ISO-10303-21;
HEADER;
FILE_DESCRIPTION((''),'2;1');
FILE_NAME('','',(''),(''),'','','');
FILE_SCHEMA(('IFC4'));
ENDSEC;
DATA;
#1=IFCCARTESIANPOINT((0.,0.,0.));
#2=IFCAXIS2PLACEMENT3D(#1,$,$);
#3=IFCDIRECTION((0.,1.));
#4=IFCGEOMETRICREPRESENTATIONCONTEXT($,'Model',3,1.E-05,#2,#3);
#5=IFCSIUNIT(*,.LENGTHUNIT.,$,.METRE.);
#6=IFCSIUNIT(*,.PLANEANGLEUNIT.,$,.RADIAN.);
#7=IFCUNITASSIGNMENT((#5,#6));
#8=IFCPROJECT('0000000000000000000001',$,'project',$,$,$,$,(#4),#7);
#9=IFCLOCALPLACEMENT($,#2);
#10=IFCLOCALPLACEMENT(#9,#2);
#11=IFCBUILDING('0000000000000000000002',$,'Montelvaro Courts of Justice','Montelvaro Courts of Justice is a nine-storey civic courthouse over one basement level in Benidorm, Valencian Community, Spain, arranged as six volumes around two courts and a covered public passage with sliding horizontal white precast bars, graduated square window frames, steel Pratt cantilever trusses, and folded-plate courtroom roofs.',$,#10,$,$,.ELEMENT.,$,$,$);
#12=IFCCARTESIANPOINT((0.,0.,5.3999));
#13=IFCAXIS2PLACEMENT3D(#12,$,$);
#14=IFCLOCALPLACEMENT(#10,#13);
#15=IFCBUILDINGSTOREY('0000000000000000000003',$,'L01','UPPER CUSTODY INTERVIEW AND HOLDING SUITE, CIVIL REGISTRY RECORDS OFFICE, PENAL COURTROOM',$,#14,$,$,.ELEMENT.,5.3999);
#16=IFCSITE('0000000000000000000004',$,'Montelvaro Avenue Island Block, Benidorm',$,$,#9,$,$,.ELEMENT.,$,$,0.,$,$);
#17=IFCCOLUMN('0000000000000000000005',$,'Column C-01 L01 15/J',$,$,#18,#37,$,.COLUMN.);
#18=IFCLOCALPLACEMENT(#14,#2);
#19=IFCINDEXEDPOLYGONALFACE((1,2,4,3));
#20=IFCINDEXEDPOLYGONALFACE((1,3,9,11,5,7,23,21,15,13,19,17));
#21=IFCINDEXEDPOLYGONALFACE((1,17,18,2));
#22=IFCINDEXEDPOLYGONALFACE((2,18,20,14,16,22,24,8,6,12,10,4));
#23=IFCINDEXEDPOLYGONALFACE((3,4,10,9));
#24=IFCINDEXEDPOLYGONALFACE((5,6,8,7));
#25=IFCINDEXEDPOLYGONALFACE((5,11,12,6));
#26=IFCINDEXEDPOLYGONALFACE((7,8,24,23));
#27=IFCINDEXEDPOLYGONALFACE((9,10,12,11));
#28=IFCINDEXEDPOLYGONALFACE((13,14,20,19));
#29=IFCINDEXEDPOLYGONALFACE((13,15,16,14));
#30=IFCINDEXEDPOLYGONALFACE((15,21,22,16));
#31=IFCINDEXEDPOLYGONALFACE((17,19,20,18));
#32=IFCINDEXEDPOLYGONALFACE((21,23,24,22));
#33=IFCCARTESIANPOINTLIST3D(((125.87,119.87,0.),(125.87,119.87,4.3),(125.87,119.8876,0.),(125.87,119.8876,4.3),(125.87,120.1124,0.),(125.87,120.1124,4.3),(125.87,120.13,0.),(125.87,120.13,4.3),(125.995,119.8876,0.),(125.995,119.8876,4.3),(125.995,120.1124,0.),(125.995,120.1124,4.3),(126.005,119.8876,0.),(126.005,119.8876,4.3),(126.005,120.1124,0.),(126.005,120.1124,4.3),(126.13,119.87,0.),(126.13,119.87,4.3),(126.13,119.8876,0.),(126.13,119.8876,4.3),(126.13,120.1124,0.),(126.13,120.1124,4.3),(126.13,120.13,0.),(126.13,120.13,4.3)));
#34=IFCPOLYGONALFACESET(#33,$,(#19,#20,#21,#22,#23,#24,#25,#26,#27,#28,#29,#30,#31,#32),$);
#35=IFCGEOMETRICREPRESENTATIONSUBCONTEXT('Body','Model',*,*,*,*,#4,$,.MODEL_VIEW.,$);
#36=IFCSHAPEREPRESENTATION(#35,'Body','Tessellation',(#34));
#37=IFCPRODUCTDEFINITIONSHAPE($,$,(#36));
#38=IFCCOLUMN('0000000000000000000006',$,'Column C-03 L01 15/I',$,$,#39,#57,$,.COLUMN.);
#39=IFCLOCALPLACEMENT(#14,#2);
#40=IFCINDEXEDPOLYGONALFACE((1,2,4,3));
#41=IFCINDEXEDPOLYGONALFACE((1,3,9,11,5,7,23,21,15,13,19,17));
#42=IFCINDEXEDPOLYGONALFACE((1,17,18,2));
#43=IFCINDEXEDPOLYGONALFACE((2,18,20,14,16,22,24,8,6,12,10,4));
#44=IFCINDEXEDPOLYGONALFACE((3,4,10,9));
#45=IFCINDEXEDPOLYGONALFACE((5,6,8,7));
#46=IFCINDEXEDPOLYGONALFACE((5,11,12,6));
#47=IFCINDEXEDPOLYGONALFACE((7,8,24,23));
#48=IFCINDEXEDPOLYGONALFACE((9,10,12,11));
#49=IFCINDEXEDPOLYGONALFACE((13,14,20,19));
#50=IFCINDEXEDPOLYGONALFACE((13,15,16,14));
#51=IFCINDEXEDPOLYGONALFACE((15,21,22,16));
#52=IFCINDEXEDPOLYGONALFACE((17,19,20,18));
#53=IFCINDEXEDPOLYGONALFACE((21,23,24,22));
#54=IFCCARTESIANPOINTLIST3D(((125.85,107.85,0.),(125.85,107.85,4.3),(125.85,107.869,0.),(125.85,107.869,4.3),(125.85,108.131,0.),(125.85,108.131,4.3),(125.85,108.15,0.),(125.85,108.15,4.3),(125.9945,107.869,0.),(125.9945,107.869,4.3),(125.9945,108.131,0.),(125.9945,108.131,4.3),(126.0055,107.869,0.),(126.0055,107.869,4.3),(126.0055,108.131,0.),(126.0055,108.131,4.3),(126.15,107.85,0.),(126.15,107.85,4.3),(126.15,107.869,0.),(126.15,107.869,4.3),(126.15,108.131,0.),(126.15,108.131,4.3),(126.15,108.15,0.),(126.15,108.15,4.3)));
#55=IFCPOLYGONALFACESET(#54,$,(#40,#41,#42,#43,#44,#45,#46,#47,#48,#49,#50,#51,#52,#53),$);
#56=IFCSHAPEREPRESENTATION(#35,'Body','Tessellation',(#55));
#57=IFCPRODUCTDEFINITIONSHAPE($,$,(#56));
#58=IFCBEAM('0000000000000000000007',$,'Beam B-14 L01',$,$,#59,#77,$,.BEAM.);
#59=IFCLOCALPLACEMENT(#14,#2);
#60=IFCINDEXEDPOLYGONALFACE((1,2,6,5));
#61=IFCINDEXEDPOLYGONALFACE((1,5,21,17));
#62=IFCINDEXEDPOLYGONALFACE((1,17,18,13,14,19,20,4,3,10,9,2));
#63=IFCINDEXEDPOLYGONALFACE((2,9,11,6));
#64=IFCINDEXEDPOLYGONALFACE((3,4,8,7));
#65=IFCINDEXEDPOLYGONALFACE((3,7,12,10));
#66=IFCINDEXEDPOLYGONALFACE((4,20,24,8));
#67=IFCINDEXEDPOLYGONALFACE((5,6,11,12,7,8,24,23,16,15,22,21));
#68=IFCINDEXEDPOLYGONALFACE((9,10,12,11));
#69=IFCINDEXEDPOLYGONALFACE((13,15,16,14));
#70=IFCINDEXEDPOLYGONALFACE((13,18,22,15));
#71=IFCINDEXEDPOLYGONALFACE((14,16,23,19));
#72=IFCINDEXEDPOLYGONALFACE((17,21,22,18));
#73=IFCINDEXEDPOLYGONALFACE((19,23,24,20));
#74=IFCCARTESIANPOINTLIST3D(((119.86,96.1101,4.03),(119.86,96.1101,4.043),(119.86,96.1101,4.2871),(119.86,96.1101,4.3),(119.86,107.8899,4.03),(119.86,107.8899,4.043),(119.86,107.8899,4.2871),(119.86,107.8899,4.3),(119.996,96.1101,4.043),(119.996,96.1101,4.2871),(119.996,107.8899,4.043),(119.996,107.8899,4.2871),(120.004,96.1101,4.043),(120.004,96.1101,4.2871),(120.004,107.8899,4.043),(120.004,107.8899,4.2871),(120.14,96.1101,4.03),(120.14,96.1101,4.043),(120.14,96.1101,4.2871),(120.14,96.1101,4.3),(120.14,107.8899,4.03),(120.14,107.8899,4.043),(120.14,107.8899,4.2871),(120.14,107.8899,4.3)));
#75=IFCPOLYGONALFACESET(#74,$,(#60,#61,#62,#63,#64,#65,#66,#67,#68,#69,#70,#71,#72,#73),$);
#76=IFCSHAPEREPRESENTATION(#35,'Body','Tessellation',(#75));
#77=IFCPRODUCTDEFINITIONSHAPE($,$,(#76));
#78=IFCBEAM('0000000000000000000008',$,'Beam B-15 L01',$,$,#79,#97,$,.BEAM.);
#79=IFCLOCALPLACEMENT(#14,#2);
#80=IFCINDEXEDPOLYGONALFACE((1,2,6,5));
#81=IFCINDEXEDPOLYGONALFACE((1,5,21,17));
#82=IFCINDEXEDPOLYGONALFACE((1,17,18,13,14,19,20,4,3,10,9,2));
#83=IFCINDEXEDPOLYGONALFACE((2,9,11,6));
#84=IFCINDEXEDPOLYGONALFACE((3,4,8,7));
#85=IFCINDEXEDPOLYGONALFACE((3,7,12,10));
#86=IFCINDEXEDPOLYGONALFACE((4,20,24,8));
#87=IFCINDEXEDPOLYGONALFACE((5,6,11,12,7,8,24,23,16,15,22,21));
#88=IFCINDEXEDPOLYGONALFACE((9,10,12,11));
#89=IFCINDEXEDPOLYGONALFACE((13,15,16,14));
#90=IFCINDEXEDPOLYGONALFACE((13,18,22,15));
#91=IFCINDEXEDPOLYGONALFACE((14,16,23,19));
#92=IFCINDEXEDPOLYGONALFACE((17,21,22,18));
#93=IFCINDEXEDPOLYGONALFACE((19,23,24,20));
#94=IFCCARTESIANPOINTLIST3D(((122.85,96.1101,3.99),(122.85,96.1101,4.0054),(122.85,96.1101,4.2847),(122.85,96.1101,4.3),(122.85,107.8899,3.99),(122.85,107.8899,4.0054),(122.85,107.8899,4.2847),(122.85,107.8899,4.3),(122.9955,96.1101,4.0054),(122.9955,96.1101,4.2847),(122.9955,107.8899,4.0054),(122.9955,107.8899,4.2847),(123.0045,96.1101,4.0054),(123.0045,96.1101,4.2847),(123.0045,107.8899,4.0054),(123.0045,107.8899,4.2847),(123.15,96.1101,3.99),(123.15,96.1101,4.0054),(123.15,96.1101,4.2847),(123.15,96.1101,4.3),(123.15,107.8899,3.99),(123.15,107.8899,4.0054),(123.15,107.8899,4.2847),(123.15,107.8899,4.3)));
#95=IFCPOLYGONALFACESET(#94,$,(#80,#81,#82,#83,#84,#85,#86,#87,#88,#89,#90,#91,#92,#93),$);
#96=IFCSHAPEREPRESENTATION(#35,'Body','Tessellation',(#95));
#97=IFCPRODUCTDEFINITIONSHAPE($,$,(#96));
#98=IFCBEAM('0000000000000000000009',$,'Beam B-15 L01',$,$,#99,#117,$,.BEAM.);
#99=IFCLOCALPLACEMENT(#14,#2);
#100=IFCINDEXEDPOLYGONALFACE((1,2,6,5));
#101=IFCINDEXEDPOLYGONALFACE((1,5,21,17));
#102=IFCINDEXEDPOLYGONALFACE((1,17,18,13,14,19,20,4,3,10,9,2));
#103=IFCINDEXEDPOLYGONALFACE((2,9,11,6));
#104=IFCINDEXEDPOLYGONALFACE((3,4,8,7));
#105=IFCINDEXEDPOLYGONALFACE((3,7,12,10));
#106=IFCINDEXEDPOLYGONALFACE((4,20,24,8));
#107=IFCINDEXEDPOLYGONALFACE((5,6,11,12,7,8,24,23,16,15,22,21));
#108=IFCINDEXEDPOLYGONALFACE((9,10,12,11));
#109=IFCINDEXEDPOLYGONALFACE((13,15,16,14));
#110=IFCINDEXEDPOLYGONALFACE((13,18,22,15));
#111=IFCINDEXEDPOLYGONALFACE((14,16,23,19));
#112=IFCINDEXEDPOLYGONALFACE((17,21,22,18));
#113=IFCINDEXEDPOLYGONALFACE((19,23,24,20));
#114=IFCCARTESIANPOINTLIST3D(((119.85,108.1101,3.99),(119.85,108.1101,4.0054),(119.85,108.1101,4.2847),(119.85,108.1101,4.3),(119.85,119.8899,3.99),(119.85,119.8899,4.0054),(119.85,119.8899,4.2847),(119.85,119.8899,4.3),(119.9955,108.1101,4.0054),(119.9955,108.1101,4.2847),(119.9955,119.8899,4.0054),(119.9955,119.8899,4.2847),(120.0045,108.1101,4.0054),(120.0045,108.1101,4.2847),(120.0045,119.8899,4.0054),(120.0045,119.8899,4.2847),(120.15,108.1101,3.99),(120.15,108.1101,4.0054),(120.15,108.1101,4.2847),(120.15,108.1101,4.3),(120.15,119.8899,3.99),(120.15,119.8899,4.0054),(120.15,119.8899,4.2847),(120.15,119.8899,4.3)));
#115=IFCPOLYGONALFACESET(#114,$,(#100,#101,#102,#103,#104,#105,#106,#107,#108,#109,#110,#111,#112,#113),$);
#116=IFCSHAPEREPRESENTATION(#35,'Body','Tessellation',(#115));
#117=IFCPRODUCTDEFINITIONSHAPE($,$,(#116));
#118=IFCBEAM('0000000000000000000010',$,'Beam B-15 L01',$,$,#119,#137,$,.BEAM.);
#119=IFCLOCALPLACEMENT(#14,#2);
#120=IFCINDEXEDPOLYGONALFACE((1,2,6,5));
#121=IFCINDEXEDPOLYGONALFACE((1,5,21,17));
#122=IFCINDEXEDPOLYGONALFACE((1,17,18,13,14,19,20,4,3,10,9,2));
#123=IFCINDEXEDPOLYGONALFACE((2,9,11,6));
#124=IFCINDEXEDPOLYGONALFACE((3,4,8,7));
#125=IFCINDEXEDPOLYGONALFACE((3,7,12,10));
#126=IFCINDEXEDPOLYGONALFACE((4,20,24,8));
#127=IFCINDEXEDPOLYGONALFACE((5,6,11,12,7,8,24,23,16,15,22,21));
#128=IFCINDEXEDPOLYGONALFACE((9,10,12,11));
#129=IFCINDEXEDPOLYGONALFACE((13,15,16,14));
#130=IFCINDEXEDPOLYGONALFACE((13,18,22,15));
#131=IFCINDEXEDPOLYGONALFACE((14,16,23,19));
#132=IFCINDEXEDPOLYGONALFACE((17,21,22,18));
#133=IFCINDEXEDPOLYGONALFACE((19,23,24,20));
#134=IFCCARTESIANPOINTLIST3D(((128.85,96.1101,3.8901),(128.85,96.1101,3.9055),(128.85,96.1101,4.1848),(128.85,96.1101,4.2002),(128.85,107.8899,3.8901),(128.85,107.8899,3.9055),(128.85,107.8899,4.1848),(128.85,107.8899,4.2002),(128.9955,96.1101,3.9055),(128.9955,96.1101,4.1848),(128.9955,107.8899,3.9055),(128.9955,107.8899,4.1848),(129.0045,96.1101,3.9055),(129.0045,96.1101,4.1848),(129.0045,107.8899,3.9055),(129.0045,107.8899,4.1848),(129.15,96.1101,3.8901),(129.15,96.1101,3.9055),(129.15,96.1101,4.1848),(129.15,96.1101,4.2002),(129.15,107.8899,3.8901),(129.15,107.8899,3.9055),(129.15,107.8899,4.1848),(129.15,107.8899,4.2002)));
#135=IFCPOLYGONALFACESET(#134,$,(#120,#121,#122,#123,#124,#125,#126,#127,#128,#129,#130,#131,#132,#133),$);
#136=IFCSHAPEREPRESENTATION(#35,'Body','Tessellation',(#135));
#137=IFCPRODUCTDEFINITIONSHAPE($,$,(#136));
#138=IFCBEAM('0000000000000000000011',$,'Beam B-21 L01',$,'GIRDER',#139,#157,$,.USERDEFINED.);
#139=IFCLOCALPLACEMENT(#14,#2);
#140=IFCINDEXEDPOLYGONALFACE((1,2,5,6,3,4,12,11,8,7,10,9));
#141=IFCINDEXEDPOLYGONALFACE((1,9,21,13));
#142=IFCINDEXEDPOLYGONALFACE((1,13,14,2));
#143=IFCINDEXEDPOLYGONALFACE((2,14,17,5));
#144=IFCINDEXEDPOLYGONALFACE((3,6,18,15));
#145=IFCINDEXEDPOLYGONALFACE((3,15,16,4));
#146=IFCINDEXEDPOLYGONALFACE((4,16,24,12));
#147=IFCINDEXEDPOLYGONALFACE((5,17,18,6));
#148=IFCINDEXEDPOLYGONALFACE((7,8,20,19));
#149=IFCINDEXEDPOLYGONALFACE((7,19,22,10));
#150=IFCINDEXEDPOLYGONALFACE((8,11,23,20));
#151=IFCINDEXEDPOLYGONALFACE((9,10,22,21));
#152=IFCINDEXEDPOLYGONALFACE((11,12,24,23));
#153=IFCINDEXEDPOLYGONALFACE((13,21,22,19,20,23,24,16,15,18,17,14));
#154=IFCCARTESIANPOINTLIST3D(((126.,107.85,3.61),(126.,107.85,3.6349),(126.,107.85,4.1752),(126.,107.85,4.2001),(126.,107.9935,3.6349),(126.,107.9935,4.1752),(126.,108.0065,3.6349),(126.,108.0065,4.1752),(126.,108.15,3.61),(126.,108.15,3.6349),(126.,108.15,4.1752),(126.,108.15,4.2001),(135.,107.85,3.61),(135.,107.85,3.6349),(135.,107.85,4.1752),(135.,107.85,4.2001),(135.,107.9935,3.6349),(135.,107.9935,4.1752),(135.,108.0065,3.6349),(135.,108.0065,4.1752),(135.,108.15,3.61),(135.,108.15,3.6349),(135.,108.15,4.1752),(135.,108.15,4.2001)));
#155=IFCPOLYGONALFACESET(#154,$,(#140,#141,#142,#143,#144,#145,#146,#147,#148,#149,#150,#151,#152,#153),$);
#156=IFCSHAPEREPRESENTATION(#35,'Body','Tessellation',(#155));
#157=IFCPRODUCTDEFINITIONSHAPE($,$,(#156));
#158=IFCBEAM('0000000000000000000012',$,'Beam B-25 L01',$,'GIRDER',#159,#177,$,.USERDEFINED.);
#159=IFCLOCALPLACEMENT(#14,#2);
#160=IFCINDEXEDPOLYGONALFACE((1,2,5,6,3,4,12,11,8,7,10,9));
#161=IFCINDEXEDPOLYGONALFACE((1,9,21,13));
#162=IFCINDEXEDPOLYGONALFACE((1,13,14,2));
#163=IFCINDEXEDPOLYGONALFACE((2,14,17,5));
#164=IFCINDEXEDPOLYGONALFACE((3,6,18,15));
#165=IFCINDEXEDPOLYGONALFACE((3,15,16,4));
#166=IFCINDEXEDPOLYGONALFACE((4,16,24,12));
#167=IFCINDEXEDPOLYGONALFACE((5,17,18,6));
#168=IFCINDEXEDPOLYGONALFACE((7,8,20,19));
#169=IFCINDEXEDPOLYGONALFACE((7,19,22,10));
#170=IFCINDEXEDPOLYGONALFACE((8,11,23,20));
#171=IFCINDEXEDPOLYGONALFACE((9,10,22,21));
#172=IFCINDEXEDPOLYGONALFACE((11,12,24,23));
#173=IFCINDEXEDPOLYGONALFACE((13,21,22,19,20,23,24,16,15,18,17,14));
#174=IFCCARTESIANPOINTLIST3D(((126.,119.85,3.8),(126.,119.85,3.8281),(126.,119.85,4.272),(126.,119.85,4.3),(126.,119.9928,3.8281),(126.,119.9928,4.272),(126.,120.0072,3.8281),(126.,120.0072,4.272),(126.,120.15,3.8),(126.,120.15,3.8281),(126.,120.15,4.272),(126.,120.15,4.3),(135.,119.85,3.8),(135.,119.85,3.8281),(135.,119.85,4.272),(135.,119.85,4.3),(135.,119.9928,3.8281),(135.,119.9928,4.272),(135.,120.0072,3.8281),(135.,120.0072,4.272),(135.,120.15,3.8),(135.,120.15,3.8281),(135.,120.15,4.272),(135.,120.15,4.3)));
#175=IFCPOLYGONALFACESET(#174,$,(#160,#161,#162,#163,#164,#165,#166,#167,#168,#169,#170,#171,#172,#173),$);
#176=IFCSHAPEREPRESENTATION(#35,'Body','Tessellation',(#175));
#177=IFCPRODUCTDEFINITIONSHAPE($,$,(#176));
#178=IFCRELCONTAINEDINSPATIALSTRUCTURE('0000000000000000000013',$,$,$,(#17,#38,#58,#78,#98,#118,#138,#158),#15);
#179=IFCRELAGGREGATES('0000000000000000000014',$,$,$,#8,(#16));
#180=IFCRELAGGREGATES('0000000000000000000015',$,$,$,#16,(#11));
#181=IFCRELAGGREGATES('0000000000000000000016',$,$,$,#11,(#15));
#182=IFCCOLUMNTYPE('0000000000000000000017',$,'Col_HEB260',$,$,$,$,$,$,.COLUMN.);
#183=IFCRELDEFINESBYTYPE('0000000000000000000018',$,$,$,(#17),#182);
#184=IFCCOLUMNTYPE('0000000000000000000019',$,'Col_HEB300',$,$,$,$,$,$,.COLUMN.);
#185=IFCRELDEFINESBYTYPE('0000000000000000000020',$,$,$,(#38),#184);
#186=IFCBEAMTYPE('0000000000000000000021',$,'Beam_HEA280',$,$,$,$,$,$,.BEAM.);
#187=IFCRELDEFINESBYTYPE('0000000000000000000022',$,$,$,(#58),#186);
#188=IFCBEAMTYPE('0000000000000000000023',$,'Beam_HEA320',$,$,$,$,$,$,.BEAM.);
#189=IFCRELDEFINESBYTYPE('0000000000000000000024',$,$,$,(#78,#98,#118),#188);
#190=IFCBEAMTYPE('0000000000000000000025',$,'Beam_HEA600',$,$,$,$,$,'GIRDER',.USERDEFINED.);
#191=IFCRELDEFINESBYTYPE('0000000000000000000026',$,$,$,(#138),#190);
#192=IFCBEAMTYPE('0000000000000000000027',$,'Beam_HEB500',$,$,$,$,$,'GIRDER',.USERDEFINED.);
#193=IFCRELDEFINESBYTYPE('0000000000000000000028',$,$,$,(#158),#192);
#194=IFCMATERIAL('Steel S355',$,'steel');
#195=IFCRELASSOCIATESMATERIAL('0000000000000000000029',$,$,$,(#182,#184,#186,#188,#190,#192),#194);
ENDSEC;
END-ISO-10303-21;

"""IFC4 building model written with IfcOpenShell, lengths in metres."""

from ifc_helpers import new_model, si_unit, direction, frame, origin, origin_2d, place, context, subcontext, project, spatial, i_section, extrude, material, material_profile, profile_set, type_object, element, save


model = new_model("IFC4")

# Units and contexts
model_context = context("Model", 3, precision=1e-05, world=origin(), true_north=direction((0.0, 1.0)))
body_context = subcontext(model_context, "Body", "Model", "MODEL_VIEW")
ifc_project = project(units=[si_unit("LENGTHUNIT", "METRE"), si_unit("PLANEANGLEUNIT", "RADIAN")], contexts=[model_context])

# Site, building, storey
site_placement = place(None, origin())
site = spatial("IfcSite", under=ifc_project, at=site_placement, Name="Montelvaro Avenue Island Block, Benidorm", CompositionType="ELEMENT", RefElevation=0.0)
building_placement = place(site_placement, origin())
building = spatial("IfcBuilding", under=site, at=building_placement, Name="Montelvaro Courts of Justice", Description="Montelvaro Courts of Justice is a nine-storey civic courthouse over one basement level in Benidorm, Valencian Community, Spain, arranged as six volumes around two courts and a covered public passage with sliding horizontal white precast bars, graduated square window frames, steel Pratt cantilever trusses, and folded-plate courtroom roofs.", CompositionType="ELEMENT")
storey_placement = place(building_placement, frame((0.0, 0.0, 5.3999)))
storey = spatial("IfcBuildingStorey", under=building, at=storey_placement, Name="L01", Description="UPPER CUSTODY INTERVIEW AND HOLDING SUITE, CIVIL REGISTRY RECORDS OFFICE, PENAL COURTROOM", CompositionType="ELEMENT", Elevation=5.3999)

# Columns
ifc_material_1 = material(Name="Steel S355", Category="steel")
ifc_material_profile_1 = material_profile(ifc_material_1, i_section(OverallWidth=0.26, OverallDepth=0.26, WebThickness=0.01, FlangeThickness=0.0176, at=origin_2d()), Name="HEB 260")
ifc_profile_set_1 = profile_set([ifc_material_profile_1], Name="Steel S355")
column_type_1 = type_object("IfcColumnType", Name="Col_HEB260", PredefinedType="COLUMN", material=ifc_profile_set_1)
column_1_placement = place(storey_placement, frame((126.0, 120.0, 0.0), z_axis=(0.0, 0.0, 1.0), x_axis=(1.0, 0.0, 0.0)))
element("IfcColumn", 1, at=column_1_placement, inside=storey, type_object=column_type_1, Name="Column C-01 L01 15/J", PredefinedType="COLUMN", context=body_context, shape_type="SweptSolid", body=[
    extrude(i_section(OverallWidth=0.26, OverallDepth=0.26, WebThickness=0.01, FlangeThickness=0.0176, at=origin_2d()), origin(), (0.0, 0.0, 1.0), 4.3),
])
ifc_material_profile_2 = material_profile(ifc_material_1, i_section(OverallWidth=0.3, OverallDepth=0.3, WebThickness=0.011, FlangeThickness=0.019, at=origin_2d()), Name="HEB 300")
ifc_profile_set_2 = profile_set([ifc_material_profile_2], Name="Steel S355")
column_type_2 = type_object("IfcColumnType", Name="Col_HEB300", PredefinedType="COLUMN", material=ifc_profile_set_2)
column_2_placement = place(storey_placement, frame((126.0, 108.0, 0.0), z_axis=(0.0, 0.0, 1.0), x_axis=(1.0, 0.0, 0.0)))
element("IfcColumn", 2, at=column_2_placement, inside=storey, type_object=column_type_2, Name="Column C-03 L01 15/I", PredefinedType="COLUMN", context=body_context, shape_type="SweptSolid", body=[
    extrude(i_section(OverallWidth=0.3, OverallDepth=0.3, WebThickness=0.011, FlangeThickness=0.019, at=origin_2d()), origin(), (0.0, 0.0, 1.0), 4.3),
])

# Beams
ifc_material_profile_3 = material_profile(ifc_material_1, i_section(OverallWidth=0.28, OverallDepth=0.27, WebThickness=0.0081, FlangeThickness=0.0129, at=origin_2d()), Name="HEA 280")
ifc_profile_set_3 = profile_set([ifc_material_profile_3], Name="Steel S355")
beam_type_1 = type_object("IfcBeamType", Name="Beam_HEA280", PredefinedType="BEAM", material=ifc_profile_set_3)
beam_1_placement = place(storey_placement, frame((120.0, 96.1101, 4.165), z_axis=(0.0, 1.0, 0.0), x_axis=(-1.0, 0.0, 0.0)))
element("IfcBeam", 3, at=beam_1_placement, inside=storey, type_object=beam_type_1, Name="Beam B-14 L01", PredefinedType="BEAM", context=body_context, shape_type="SweptSolid", body=[
    extrude(i_section(OverallWidth=0.28, OverallDepth=0.27, WebThickness=0.0081, FlangeThickness=0.0129, at=origin_2d()), origin(), (0.0, 0.0, 1.0), 11.7798),
])
ifc_material_profile_4 = material_profile(ifc_material_1, i_section(OverallWidth=0.3, OverallDepth=0.3101, WebThickness=0.009, FlangeThickness=0.0154, at=origin_2d()), Name="HEA 320")
ifc_profile_set_4 = profile_set([ifc_material_profile_4], Name="Steel S355")
beam_type_2 = type_object("IfcBeamType", Name="Beam_HEA320", PredefinedType="BEAM", material=ifc_profile_set_4)
for number, where, z_axis, x_axis, name in (
    (4, (123.0, 96.1101, 4.145), (0.0, 1.0, 0.0), (-1.0, 0.0, 0.0), "Beam B-15 L01"),
    (5, (120.0, 108.1101, 4.145), (0.0, 1.0, 0.0), (-1.0, 0.0, 0.0), "Beam B-15 L01"),
    (6, (129.0, 96.1101, 4.0452), (0.0, 1.0, 0.0), (-1.0, 0.0, 0.0), "Beam B-15 L01"),
):
    element("IfcBeam", number, at=place(storey_placement, frame(where, z_axis=z_axis, x_axis=x_axis)), inside=storey, type_object=beam_type_2, Name=name, PredefinedType="BEAM", context=body_context, shape_type="SweptSolid", body=[
        extrude(i_section(OverallWidth=0.3, OverallDepth=0.3101, WebThickness=0.009, FlangeThickness=0.0154, at=origin_2d()), origin(), (0.0, 0.0, 1.0), 11.7798),
    ])
ifc_material_profile_5 = material_profile(ifc_material_1, i_section(OverallWidth=0.3, OverallDepth=0.5901, WebThickness=0.0129, FlangeThickness=0.0249, at=origin_2d()), Name="HEA 600")
ifc_profile_set_5 = profile_set([ifc_material_profile_5], Name="Steel S355")
beam_type_3 = type_object("IfcBeamType", Name="Beam_HEA600", ElementType="GIRDER", PredefinedType="USERDEFINED", material=ifc_profile_set_5)
beam_2_placement = place(storey_placement, frame((126.0, 108.0, 3.905), z_axis=(1.0, 0.0, 0.0), x_axis=(0.0, 1.0, 0.0)))
element("IfcBeam", 7, at=beam_2_placement, inside=storey, type_object=beam_type_3, Name="Beam B-21 L01", ObjectType="GIRDER", PredefinedType="USERDEFINED", context=body_context, shape_type="SweptSolid", body=[
    extrude(i_section(OverallWidth=0.3, OverallDepth=0.5901, WebThickness=0.0129, FlangeThickness=0.0249, at=origin_2d()), origin(), (0.0, 0.0, 1.0), 9.0),
])
ifc_material_profile_6 = material_profile(ifc_material_1, i_section(OverallWidth=0.3, OverallDepth=0.5, WebThickness=0.0144, FlangeThickness=0.0281, at=origin_2d()), Name="HEB 500")
ifc_profile_set_6 = profile_set([ifc_material_profile_6], Name="Steel S355")
beam_type_4 = type_object("IfcBeamType", Name="Beam_HEB500", ElementType="GIRDER", PredefinedType="USERDEFINED", material=ifc_profile_set_6)
beam_3_placement = place(storey_placement, frame((126.0, 120.0, 4.05), z_axis=(1.0, 0.0, 0.0), x_axis=(0.0, 1.0, 0.0)))
element("IfcBeam", 8, at=beam_3_placement, inside=storey, type_object=beam_type_4, Name="Beam B-25 L01", ObjectType="GIRDER", PredefinedType="USERDEFINED", context=body_context, shape_type="SweptSolid", body=[
    extrude(i_section(OverallWidth=0.3, OverallDepth=0.5, WebThickness=0.0144, FlangeThickness=0.0281, at=origin_2d()), origin(), (0.0, 0.0, 1.0), 9.0),
])

save(model, "model.ifc")
